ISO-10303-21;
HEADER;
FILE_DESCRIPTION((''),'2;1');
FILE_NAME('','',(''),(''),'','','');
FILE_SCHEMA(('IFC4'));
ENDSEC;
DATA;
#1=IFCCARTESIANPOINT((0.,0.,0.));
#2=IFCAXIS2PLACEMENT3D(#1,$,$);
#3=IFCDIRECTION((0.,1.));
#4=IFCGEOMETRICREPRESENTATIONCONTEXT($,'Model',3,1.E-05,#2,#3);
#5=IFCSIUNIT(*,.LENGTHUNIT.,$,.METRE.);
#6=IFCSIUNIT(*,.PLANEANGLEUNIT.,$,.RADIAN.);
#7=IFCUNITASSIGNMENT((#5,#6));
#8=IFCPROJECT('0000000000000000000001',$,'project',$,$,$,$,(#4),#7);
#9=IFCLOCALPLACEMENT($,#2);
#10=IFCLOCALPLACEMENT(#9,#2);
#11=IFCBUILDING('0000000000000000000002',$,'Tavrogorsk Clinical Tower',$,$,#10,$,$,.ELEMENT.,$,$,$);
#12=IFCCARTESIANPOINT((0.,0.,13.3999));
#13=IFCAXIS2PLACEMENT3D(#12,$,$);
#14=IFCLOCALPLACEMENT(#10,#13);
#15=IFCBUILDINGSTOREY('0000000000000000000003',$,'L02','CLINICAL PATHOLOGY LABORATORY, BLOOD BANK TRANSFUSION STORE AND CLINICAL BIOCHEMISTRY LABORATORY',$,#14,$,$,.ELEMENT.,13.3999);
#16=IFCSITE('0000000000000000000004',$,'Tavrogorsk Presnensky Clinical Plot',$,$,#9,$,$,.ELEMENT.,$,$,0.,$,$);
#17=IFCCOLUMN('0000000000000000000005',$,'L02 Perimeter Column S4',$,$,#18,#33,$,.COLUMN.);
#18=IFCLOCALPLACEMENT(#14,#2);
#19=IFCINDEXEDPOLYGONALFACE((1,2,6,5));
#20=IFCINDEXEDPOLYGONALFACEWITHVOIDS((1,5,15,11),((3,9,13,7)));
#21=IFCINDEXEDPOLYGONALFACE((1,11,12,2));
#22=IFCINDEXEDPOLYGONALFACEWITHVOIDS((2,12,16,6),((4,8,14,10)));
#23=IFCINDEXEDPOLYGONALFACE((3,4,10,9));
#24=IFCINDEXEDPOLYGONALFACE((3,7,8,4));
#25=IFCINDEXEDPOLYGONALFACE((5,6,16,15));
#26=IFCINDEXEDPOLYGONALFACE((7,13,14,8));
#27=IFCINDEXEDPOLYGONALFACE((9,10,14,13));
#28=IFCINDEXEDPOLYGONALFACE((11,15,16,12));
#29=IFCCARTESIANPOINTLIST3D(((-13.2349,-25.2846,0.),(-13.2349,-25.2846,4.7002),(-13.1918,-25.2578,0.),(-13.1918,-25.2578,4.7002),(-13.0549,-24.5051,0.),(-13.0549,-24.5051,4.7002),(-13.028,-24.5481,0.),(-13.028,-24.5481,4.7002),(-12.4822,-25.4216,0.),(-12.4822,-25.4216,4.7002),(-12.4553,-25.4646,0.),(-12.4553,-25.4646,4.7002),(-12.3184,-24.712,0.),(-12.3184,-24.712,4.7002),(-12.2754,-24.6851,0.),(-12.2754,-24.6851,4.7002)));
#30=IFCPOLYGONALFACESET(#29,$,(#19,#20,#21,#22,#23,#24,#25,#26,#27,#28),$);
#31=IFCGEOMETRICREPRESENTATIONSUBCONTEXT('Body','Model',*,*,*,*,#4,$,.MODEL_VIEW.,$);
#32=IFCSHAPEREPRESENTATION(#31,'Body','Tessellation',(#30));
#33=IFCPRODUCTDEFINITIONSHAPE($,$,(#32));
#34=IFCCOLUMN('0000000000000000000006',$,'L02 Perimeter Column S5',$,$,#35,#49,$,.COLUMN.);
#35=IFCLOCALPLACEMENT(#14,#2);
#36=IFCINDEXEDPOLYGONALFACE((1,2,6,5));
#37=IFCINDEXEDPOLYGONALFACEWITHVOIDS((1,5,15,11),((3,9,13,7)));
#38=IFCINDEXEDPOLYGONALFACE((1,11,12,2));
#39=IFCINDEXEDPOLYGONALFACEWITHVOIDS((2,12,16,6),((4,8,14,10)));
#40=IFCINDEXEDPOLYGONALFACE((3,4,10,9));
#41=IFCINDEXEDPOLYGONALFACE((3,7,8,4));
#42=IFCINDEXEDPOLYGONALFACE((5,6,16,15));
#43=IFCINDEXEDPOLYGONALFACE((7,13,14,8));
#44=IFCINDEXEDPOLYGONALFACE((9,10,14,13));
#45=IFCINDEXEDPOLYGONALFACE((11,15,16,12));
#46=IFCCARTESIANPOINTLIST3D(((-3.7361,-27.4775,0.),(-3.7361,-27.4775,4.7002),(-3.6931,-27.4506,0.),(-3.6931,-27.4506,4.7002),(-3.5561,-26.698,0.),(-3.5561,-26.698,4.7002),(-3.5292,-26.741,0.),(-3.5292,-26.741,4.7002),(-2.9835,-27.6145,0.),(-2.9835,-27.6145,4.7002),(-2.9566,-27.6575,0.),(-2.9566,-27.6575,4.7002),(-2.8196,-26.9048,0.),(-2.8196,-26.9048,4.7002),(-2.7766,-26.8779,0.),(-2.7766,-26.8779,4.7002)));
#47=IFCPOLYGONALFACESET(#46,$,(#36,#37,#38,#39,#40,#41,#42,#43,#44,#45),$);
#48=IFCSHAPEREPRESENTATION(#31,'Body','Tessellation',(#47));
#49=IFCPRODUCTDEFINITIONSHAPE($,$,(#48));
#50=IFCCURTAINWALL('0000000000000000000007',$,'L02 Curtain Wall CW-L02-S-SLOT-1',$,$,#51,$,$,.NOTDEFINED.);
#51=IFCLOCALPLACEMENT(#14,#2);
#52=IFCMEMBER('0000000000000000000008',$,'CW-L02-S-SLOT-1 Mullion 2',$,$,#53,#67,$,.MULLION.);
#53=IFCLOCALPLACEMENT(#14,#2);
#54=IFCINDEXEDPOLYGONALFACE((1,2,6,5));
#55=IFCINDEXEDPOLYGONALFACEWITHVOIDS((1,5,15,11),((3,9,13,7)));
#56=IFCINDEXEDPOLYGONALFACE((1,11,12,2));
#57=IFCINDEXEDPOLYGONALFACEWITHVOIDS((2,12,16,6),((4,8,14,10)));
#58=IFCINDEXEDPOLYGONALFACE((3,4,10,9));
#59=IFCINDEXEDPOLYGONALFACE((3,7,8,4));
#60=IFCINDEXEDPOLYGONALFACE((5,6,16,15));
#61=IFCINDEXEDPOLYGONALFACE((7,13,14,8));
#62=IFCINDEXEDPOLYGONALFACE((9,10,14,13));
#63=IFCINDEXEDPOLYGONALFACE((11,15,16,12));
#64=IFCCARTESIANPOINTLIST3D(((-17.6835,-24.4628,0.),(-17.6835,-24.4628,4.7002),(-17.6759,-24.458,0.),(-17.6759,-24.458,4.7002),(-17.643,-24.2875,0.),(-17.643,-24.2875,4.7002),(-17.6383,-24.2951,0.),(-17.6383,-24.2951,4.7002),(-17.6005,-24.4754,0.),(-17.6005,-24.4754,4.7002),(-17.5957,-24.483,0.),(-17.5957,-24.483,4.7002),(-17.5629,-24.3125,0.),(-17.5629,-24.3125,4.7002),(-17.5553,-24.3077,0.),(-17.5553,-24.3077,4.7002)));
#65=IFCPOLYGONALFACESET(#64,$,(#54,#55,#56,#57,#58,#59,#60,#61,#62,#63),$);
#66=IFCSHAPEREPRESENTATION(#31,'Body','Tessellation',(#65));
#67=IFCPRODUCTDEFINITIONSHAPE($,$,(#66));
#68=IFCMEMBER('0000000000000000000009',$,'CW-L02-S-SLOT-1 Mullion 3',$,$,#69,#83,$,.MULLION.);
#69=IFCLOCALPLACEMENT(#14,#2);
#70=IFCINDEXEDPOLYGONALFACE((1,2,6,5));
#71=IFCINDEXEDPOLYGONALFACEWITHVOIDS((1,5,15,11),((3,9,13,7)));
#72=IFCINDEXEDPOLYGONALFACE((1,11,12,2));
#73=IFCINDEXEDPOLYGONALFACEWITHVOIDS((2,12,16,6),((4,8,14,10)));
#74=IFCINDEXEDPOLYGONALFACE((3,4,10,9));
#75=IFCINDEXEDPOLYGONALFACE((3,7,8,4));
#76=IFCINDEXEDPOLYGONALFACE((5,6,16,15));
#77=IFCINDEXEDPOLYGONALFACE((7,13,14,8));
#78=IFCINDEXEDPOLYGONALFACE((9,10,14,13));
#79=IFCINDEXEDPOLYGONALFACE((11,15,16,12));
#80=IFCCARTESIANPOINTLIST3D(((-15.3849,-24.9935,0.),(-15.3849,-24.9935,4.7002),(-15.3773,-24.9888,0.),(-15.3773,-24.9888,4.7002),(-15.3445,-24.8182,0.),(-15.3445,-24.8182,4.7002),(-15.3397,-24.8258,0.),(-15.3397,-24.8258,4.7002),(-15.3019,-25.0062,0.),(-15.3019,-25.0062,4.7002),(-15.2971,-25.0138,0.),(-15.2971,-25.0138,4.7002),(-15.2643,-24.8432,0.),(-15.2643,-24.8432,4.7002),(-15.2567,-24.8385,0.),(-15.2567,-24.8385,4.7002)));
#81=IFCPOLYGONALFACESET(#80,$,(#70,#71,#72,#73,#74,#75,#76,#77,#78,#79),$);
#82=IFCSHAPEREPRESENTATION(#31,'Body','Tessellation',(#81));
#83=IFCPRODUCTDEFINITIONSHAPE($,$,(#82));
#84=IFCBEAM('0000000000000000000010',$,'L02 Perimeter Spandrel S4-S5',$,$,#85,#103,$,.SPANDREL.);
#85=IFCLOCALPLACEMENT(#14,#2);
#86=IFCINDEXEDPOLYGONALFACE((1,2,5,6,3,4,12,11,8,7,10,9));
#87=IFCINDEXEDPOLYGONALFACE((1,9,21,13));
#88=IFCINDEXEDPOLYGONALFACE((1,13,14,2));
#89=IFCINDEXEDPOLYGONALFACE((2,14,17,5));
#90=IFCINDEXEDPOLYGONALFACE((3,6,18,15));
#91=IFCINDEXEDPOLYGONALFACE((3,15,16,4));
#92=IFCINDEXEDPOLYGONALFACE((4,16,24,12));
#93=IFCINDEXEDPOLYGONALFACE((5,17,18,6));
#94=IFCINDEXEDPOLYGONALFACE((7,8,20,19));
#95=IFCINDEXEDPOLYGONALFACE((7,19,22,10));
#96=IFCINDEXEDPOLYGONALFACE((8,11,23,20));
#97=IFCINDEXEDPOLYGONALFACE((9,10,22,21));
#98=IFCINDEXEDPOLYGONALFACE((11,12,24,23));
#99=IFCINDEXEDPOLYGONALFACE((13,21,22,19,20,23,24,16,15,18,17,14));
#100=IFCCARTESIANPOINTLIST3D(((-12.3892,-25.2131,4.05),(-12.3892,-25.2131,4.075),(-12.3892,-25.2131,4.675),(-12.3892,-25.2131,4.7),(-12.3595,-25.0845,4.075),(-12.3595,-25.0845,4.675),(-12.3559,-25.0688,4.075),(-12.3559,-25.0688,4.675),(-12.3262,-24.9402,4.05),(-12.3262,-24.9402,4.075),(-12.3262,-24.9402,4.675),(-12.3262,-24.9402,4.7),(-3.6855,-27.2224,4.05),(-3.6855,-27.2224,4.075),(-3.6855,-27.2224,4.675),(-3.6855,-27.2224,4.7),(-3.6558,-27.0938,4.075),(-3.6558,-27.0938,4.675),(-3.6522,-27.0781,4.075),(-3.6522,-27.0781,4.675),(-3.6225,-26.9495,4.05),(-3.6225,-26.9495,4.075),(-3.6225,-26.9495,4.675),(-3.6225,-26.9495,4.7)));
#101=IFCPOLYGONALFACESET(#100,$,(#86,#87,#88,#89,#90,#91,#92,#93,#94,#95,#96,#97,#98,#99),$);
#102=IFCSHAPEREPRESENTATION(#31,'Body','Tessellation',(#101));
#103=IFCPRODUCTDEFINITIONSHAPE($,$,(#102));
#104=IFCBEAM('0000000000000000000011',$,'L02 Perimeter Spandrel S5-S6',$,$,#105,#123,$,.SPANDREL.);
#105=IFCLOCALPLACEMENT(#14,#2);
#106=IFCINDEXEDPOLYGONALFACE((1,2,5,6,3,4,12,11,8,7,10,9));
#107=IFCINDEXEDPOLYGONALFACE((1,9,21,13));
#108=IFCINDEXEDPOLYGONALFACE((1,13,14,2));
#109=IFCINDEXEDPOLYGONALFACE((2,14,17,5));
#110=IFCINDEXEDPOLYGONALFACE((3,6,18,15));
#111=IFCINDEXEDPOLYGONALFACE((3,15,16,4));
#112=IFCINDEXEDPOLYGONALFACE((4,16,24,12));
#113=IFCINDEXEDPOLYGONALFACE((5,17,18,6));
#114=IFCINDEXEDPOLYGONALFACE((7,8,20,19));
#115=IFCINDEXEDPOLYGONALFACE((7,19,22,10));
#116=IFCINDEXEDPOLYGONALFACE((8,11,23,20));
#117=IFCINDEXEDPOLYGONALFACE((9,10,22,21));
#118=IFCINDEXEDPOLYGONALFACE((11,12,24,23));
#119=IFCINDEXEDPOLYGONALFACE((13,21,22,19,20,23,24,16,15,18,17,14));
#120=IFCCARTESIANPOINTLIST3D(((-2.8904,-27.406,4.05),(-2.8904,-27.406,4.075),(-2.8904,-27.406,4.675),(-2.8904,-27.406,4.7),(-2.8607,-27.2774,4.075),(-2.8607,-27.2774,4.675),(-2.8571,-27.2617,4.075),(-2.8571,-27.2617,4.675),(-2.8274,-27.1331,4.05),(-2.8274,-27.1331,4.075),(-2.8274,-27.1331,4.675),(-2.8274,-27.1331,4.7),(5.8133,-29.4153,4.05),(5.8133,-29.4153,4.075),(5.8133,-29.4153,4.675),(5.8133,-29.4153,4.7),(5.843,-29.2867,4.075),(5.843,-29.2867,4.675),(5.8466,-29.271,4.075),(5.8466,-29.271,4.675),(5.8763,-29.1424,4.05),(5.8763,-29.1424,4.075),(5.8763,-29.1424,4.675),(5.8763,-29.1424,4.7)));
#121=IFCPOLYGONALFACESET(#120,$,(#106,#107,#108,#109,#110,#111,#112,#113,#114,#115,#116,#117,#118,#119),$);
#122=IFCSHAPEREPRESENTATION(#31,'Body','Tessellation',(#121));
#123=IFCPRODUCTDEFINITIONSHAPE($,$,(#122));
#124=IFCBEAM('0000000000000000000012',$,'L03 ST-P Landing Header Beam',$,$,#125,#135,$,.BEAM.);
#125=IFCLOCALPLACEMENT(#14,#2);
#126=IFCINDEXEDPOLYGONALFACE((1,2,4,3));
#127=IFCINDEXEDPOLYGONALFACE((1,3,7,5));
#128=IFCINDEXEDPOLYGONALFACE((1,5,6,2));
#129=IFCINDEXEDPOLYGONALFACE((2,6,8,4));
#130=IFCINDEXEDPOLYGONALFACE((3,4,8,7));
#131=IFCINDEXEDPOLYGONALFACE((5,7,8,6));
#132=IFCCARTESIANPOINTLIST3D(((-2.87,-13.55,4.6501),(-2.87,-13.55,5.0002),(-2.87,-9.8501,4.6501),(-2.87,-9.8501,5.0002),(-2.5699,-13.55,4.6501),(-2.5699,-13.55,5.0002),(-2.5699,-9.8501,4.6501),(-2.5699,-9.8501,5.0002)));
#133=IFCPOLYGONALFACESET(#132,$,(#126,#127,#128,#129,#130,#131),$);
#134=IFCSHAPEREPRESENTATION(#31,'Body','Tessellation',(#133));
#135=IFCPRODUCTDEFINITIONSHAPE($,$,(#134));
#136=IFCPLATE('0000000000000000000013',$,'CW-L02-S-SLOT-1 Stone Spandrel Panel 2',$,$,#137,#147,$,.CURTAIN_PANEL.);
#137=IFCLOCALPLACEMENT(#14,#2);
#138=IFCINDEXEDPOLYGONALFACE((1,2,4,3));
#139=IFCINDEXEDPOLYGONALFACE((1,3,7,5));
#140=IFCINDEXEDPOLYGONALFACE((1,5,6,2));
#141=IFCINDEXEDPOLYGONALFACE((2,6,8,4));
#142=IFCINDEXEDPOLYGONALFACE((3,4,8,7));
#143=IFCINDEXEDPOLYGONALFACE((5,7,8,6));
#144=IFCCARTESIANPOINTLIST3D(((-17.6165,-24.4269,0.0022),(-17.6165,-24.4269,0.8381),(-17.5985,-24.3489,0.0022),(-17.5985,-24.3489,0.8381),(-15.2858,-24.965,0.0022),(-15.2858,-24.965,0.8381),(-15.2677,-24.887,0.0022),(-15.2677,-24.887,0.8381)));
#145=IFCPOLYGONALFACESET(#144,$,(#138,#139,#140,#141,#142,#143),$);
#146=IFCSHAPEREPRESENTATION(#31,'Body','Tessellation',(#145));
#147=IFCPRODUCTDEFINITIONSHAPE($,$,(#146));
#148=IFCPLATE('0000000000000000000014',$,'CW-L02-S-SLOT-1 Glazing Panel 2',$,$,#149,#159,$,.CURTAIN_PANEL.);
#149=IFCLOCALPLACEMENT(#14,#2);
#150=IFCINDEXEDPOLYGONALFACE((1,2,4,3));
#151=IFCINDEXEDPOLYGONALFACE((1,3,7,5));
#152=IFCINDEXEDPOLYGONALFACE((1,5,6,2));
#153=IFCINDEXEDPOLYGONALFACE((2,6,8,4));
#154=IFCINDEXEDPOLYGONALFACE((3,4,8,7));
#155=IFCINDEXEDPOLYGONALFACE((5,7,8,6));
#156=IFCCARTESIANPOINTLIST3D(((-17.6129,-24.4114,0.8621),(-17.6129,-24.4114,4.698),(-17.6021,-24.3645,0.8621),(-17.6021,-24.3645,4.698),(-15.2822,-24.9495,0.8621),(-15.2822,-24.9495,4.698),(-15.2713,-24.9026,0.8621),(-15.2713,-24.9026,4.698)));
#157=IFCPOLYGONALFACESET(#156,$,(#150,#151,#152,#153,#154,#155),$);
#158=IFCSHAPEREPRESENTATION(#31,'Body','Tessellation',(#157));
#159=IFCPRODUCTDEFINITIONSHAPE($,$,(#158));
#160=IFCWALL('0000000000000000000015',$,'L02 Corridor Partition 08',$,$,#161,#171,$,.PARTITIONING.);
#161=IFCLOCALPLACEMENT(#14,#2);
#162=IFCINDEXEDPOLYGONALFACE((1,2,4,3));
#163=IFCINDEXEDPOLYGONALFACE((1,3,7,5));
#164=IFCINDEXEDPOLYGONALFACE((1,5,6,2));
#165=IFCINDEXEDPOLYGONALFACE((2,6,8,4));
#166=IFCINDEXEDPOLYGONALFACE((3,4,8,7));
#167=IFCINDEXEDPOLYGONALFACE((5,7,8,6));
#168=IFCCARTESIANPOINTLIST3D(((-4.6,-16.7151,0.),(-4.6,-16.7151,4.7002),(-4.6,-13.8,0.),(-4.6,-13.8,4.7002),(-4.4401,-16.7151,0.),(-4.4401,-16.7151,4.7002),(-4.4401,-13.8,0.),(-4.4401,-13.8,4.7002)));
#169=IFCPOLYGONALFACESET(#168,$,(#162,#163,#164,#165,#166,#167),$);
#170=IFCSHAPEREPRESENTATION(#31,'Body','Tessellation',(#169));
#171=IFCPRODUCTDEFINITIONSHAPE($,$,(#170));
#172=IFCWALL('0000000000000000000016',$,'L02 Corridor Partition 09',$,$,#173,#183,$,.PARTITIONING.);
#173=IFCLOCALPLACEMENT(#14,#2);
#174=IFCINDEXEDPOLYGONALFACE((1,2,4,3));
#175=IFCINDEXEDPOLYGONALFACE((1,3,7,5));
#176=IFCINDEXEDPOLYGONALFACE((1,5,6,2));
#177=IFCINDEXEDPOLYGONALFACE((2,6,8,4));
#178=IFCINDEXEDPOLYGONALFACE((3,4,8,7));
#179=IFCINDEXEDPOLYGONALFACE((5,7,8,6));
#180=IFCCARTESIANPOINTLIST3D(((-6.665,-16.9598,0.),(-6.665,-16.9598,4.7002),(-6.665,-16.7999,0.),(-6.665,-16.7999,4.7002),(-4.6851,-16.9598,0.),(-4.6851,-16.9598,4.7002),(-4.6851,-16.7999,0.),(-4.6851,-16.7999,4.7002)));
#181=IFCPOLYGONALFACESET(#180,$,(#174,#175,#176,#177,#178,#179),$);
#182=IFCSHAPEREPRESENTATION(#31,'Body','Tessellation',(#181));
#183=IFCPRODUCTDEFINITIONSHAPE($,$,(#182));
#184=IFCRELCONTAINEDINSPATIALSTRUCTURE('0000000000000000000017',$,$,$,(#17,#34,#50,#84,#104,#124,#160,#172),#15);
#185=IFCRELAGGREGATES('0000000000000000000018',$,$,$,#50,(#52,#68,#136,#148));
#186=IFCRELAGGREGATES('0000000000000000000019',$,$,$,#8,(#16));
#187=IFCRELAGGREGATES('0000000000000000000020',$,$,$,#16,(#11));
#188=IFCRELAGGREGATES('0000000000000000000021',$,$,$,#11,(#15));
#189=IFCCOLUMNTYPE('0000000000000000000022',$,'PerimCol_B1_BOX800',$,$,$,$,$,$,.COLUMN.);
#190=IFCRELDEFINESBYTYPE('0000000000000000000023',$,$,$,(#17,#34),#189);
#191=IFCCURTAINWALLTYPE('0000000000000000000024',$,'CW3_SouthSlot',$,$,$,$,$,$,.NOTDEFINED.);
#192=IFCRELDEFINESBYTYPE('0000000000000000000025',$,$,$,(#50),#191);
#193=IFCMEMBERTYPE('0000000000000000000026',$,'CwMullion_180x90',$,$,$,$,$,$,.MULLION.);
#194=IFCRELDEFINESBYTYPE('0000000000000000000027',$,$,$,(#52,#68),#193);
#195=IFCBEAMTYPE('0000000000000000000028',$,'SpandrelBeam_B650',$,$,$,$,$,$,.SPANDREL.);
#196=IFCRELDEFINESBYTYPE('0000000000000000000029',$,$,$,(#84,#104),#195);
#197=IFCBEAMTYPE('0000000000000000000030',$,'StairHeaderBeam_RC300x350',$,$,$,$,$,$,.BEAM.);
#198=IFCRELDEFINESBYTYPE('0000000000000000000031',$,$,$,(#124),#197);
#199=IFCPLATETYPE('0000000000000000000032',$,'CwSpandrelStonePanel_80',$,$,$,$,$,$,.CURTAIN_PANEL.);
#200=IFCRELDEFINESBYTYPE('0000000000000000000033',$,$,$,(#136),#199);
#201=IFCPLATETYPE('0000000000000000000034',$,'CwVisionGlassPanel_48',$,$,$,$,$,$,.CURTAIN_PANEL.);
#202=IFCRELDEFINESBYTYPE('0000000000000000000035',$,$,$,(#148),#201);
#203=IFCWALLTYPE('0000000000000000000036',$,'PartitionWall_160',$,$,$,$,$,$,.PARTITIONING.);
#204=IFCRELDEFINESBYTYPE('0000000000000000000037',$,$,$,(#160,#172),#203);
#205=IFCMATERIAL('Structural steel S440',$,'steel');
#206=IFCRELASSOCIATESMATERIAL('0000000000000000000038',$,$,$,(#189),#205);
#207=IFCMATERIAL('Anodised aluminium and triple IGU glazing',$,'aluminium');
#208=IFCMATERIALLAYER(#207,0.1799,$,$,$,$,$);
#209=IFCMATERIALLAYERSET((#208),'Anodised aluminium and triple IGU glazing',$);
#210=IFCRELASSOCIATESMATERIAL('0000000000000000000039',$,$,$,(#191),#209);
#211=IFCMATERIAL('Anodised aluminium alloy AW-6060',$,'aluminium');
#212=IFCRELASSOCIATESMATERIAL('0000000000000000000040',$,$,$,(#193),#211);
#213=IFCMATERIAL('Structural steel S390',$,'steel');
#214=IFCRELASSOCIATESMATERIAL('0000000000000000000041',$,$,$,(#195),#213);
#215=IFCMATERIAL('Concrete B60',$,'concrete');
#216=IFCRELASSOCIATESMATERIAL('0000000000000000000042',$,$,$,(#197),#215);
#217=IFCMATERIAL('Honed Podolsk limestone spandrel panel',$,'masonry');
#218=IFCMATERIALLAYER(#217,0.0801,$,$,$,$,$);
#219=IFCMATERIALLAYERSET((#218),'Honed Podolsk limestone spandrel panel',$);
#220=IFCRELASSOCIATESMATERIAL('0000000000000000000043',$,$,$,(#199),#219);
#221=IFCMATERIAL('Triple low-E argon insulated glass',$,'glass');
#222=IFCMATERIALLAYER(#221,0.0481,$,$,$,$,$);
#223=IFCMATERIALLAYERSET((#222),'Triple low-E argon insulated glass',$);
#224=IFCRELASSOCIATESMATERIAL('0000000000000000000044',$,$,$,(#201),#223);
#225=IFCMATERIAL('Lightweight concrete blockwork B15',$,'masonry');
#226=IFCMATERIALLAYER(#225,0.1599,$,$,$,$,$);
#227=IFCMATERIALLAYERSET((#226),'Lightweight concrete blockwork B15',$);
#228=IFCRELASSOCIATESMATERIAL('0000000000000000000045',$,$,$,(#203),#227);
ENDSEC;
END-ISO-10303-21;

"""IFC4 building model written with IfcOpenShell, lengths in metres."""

from ifc_helpers import new_model, si_unit, direction, frame, frame_2d, origin, origin_2d, place, context, subcontext, project, spatial, rectangle, hollow_rectangle, i_section, extrude, material, layer, layer_set, material_profile, profile_set, type_object, element, aggregate, save


model = new_model("IFC4")

# Units and contexts
model_context = context("Model", 3, precision=1e-05, world=origin(), true_north=direction((0.0, 1.0)))
body_context = subcontext(model_context, "Body", "Model", "MODEL_VIEW")
ifc_project = project(units=[si_unit("LENGTHUNIT", "METRE"), si_unit("PLANEANGLEUNIT", "RADIAN")], contexts=[model_context])

# Site, building, storey
site_placement = place(None, origin())
site = spatial("IfcSite", under=ifc_project, at=site_placement, Name="Tavrogorsk Presnensky Clinical Plot", CompositionType="ELEMENT", RefElevation=0.0)
building_placement = place(site_placement, origin())
building = spatial("IfcBuilding", under=site, at=building_placement, Name="Tavrogorsk Clinical Tower", CompositionType="ELEMENT")
storey_placement = place(building_placement, frame((0.0, 0.0, 13.3999)))
storey = spatial("IfcBuildingStorey", under=building, at=storey_placement, Name="L02", Description="CLINICAL PATHOLOGY LABORATORY, BLOOD BANK TRANSFUSION STORE AND CLINICAL BIOCHEMISTRY LABORATORY", CompositionType="ELEMENT", Elevation=13.3999)

# Columns
ifc_material_1 = material(Name="Structural steel S440", Category="steel")
ifc_material_profile_1 = material_profile(ifc_material_1, hollow_rectangle(XDim=0.8, YDim=0.8, WallThickness=0.0359, at=origin_2d()), Name="BOX-800x800x36")
ifc_profile_set_1 = profile_set([ifc_material_profile_1], Name="Structural steel S440")
column_type = type_object("IfcColumnType", Name="PerimCol_B1_BOX800", PredefinedType="COLUMN", material=ifc_profile_set_1)
for number, where, z_axis, x_axis, name in (
    (1, (-12.7551, -24.9849, 0.0), (0.0, 0.0, 1.0), (0.97437, -0.224951, 0.0), "L02 Perimeter Column S4"),
    (2, (-3.2563, -27.1777, 0.0), (0.0, 0.0, 1.0), (0.97437, -0.224951, 0.0), "L02 Perimeter Column S5"),
):
    element("IfcColumn", number, at=place(storey_placement, frame(where, z_axis=z_axis, x_axis=x_axis)), inside=storey, type_object=column_type, Name=name, PredefinedType="COLUMN", context=body_context, shape_type="SweptSolid", body=[
        extrude(hollow_rectangle(XDim=0.8, YDim=0.8, WallThickness=0.0359, at=origin_2d()), origin(), (0.0, 0.0, 1.0), 4.7002),
    ])

# Curtain wall, members
ifc_material_2 = material(Name="Anodised aluminium and triple IGU glazing", Category="aluminium")
ifc_layer_1 = layer(ifc_material_2, 0.1799)
ifc_layer_set_1 = layer_set([ifc_layer_1], Name="Anodised aluminium and triple IGU glazing")
curtain_wall_type = type_object("IfcCurtainWallType", Name="CW3_SouthSlot", PredefinedType="NOTDEFINED", material=ifc_layer_set_1)
curtain_wall_placement = place(storey_placement, origin())
curtain_wall = element("IfcCurtainWall", 3, at=curtain_wall_placement, inside=storey, type_object=curtain_wall_type, Name="L02 Curtain Wall CW-L02-S-SLOT-1", PredefinedType="NOTDEFINED")
ifc_material_3 = material(Name="Anodised aluminium alloy AW-6060", Category="aluminium")
ifc_material_profile_2 = material_profile(ifc_material_3, hollow_rectangle(XDim=0.0901, YDim=0.1799, WallThickness=0.0063, at=origin_2d()), Name="RHS-180x90x6.3")
ifc_profile_set_2 = profile_set([ifc_material_profile_2], Name="Anodised aluminium alloy AW-6060")
member_type = type_object("IfcMemberType", Name="CwMullion_180x90", PredefinedType="MULLION", material=ifc_profile_set_2)
member_1_placement = place(storey_placement, frame((-17.6194, -24.3853, 0.0), z_axis=(0.0, 0.0, 1.0), x_axis=(0.97437, -0.224951, 0.0)))
member_1 = element("IfcMember", 4, at=member_1_placement, type_object=member_type, Name="CW-L02-S-SLOT-1 Mullion 2", PredefinedType="MULLION", context=body_context, shape_type="SweptSolid", body=[
    extrude(hollow_rectangle(XDim=0.0901, YDim=0.1799, WallThickness=0.0063, at=origin_2d()), origin(), (0.0, 0.0, 1.0), 4.7002),
])
member_2_placement = place(storey_placement, frame((-15.3208, -24.916, 0.0), z_axis=(0.0, 0.0, 1.0), x_axis=(0.97437, -0.224951, 0.0)))
member_2 = element("IfcMember", 5, at=member_2_placement, type_object=member_type, Name="CW-L02-S-SLOT-1 Mullion 3", PredefinedType="MULLION", context=body_context, shape_type="SweptSolid", body=[
    extrude(hollow_rectangle(XDim=0.0901, YDim=0.1799, WallThickness=0.0063, at=origin_2d()), origin(), (0.0, 0.0, 1.0), 4.7002),
])

# Beams
ifc_material_4 = material(Name="Structural steel S390", Category="steel")
ifc_material_profile_3 = material_profile(ifc_material_4, i_section(OverallWidth=0.28, OverallDepth=0.6499, WebThickness=0.0161, FlangeThickness=0.0249, at=origin_2d()), Name="B-650x280x16x25")
ifc_profile_set_3 = profile_set([ifc_material_profile_3], Name="Structural steel S390")
beam_type_1 = type_object("IfcBeamType", Name="SpandrelBeam_B650", PredefinedType="SPANDREL", material=ifc_profile_set_3)
for number, where, z_axis, x_axis, name in (
    (6, (-12.3577, -25.0767, 4.375), (0.974373, -0.224939, 0.0), (0.224939, 0.974373, 0.0), "L02 Perimeter Spandrel S4-S5"),
    (7, (-2.8589, -27.2695, 4.375), (0.974373, -0.224939, 0.0), (0.224939, 0.974373, 0.0), "L02 Perimeter Spandrel S5-S6"),
):
    element("IfcBeam", number, at=place(storey_placement, frame(where, z_axis=z_axis, x_axis=x_axis)), inside=storey, type_object=beam_type_1, Name=name, PredefinedType="SPANDREL", context=body_context, shape_type="SweptSolid", body=[
        extrude(i_section(OverallWidth=0.28, OverallDepth=0.6499, WebThickness=0.0161, FlangeThickness=0.0249, at=origin_2d()), origin(), (0.0, 0.0, 1.0), 8.9326),
    ])
ifc_material_5 = material(Name="Concrete B60", Category="concrete")
ifc_material_profile_4 = material_profile(ifc_material_5, rectangle(XDim=0.3, YDim=0.3501, at=origin_2d()), Name="RC-SHB-300x350")
ifc_profile_set_4 = profile_set([ifc_material_profile_4], Name="Concrete B60")
beam_type_2 = type_object("IfcBeamType", Name="StairHeaderBeam_RC300x350", PredefinedType="BEAM", material=ifc_profile_set_4)
beam_placement = place(storey_placement, frame((-2.72, -13.55, 4.8252), z_axis=(0.0, 1.0, 0.0), x_axis=(-1.0, 0.0, 0.0)))
element("IfcBeam", 8, at=beam_placement, inside=storey, type_object=beam_type_2, Name="L03 ST-P Landing Header Beam", PredefinedType="BEAM", context=body_context, shape_type="SweptSolid", body=[
    extrude(rectangle(XDim=0.3, YDim=0.3501, at=origin_2d()), origin(), (0.0, 0.0, 1.0), 3.7),
])

# Plates
ifc_material_6 = material(Name="Honed Podolsk limestone spandrel panel", Category="masonry")
ifc_layer_2 = layer(ifc_material_6, 0.0801)
ifc_layer_set_2 = layer_set([ifc_layer_2], Name="Honed Podolsk limestone spandrel panel")
plate_type_1 = type_object("IfcPlateType", Name="CwSpandrelStonePanel_80", PredefinedType="CURTAIN_PANEL", material=ifc_layer_set_2)
plate_1_placement = place(storey_placement, frame((-16.4421, -24.657, 0.0022), z_axis=(0.0, 0.0, 1.0), x_axis=(0.97437, -0.224951, 0.0)))
plate_1 = element("IfcPlate", 9, at=plate_1_placement, type_object=plate_type_1, Name="CW-L02-S-SLOT-1 Stone Spandrel Panel 2", PredefinedType="CURTAIN_PANEL", context=body_context, shape_type="SweptSolid", body=[
    extrude(rectangle(XDim=2.3921, YDim=0.0801, at=origin_2d()), origin(), (0.0, 0.0, 1.0), 0.8359),
])
ifc_material_7 = material(Name="Triple low-E argon insulated glass", Category="glass")
ifc_layer_3 = layer(ifc_material_7, 0.0481)
ifc_layer_set_3 = layer_set([ifc_layer_3], Name="Triple low-E argon insulated glass")
plate_type_2 = type_object("IfcPlateType", Name="CwVisionGlassPanel_48", PredefinedType="CURTAIN_PANEL", material=ifc_layer_set_3)
plate_2_placement = place(storey_placement, frame((-16.4421, -24.657, 0.8621), z_axis=(0.0, 0.0, 1.0), x_axis=(0.97437, -0.224951, 0.0)))
plate_2 = element("IfcPlate", 10, at=plate_2_placement, type_object=plate_type_2, Name="CW-L02-S-SLOT-1 Glazing Panel 2", PredefinedType="CURTAIN_PANEL", context=body_context, shape_type="SweptSolid", body=[
    extrude(rectangle(XDim=2.3921, YDim=0.0481, at=origin_2d()), origin(), (0.0, 0.0, 1.0), 3.8359),
])
aggregate(curtain_wall, [member_1, member_2, plate_1, plate_2])

# Walls
ifc_material_8 = material(Name="Lightweight concrete blockwork B15", Category="masonry")
ifc_layer_4 = layer(ifc_material_8, 0.1599)
ifc_layer_set_4 = layer_set([ifc_layer_4], Name="Lightweight concrete blockwork B15")
wall_type_1 = type_object("IfcWallType", Name="PartitionWall_160", PredefinedType="PARTITIONING", material=ifc_layer_set_4)
wall_1_placement = place(storey_placement, frame((-4.52, -13.8, 0.0), z_axis=(0.0, 0.0, 1.0), x_axis=(0.0, -1.0, 0.0)))
element("IfcWall", 11, at=wall_1_placement, inside=storey, type_object=wall_type_1, Name="L02 Corridor Partition 08", PredefinedType="PARTITIONING", context=body_context, shape_type="SweptSolid", body=[
    extrude(rectangle(XDim=2.915, YDim=0.1599, at=frame_2d((1.4575, 0.0))), origin(), (0.0, 0.0, 1.0), 4.7002),
])
wall_2_placement = place(storey_placement, frame((-4.6851, -16.8799, 0.0), z_axis=(0.0, 0.0, 1.0), x_axis=(-1.0, 0.0, 0.0)))
element("IfcWall", 12, at=wall_2_placement, inside=storey, type_object=wall_type_1, Name="L02 Corridor Partition 09", PredefinedType="PARTITIONING", context=body_context, shape_type="SweptSolid", body=[
    extrude(rectangle(XDim=1.98, YDim=0.1599, at=frame_2d((0.99, 0.0))), origin(), (0.0, 0.0, 1.0), 4.7002),
])

save(model, "model.ifc")
